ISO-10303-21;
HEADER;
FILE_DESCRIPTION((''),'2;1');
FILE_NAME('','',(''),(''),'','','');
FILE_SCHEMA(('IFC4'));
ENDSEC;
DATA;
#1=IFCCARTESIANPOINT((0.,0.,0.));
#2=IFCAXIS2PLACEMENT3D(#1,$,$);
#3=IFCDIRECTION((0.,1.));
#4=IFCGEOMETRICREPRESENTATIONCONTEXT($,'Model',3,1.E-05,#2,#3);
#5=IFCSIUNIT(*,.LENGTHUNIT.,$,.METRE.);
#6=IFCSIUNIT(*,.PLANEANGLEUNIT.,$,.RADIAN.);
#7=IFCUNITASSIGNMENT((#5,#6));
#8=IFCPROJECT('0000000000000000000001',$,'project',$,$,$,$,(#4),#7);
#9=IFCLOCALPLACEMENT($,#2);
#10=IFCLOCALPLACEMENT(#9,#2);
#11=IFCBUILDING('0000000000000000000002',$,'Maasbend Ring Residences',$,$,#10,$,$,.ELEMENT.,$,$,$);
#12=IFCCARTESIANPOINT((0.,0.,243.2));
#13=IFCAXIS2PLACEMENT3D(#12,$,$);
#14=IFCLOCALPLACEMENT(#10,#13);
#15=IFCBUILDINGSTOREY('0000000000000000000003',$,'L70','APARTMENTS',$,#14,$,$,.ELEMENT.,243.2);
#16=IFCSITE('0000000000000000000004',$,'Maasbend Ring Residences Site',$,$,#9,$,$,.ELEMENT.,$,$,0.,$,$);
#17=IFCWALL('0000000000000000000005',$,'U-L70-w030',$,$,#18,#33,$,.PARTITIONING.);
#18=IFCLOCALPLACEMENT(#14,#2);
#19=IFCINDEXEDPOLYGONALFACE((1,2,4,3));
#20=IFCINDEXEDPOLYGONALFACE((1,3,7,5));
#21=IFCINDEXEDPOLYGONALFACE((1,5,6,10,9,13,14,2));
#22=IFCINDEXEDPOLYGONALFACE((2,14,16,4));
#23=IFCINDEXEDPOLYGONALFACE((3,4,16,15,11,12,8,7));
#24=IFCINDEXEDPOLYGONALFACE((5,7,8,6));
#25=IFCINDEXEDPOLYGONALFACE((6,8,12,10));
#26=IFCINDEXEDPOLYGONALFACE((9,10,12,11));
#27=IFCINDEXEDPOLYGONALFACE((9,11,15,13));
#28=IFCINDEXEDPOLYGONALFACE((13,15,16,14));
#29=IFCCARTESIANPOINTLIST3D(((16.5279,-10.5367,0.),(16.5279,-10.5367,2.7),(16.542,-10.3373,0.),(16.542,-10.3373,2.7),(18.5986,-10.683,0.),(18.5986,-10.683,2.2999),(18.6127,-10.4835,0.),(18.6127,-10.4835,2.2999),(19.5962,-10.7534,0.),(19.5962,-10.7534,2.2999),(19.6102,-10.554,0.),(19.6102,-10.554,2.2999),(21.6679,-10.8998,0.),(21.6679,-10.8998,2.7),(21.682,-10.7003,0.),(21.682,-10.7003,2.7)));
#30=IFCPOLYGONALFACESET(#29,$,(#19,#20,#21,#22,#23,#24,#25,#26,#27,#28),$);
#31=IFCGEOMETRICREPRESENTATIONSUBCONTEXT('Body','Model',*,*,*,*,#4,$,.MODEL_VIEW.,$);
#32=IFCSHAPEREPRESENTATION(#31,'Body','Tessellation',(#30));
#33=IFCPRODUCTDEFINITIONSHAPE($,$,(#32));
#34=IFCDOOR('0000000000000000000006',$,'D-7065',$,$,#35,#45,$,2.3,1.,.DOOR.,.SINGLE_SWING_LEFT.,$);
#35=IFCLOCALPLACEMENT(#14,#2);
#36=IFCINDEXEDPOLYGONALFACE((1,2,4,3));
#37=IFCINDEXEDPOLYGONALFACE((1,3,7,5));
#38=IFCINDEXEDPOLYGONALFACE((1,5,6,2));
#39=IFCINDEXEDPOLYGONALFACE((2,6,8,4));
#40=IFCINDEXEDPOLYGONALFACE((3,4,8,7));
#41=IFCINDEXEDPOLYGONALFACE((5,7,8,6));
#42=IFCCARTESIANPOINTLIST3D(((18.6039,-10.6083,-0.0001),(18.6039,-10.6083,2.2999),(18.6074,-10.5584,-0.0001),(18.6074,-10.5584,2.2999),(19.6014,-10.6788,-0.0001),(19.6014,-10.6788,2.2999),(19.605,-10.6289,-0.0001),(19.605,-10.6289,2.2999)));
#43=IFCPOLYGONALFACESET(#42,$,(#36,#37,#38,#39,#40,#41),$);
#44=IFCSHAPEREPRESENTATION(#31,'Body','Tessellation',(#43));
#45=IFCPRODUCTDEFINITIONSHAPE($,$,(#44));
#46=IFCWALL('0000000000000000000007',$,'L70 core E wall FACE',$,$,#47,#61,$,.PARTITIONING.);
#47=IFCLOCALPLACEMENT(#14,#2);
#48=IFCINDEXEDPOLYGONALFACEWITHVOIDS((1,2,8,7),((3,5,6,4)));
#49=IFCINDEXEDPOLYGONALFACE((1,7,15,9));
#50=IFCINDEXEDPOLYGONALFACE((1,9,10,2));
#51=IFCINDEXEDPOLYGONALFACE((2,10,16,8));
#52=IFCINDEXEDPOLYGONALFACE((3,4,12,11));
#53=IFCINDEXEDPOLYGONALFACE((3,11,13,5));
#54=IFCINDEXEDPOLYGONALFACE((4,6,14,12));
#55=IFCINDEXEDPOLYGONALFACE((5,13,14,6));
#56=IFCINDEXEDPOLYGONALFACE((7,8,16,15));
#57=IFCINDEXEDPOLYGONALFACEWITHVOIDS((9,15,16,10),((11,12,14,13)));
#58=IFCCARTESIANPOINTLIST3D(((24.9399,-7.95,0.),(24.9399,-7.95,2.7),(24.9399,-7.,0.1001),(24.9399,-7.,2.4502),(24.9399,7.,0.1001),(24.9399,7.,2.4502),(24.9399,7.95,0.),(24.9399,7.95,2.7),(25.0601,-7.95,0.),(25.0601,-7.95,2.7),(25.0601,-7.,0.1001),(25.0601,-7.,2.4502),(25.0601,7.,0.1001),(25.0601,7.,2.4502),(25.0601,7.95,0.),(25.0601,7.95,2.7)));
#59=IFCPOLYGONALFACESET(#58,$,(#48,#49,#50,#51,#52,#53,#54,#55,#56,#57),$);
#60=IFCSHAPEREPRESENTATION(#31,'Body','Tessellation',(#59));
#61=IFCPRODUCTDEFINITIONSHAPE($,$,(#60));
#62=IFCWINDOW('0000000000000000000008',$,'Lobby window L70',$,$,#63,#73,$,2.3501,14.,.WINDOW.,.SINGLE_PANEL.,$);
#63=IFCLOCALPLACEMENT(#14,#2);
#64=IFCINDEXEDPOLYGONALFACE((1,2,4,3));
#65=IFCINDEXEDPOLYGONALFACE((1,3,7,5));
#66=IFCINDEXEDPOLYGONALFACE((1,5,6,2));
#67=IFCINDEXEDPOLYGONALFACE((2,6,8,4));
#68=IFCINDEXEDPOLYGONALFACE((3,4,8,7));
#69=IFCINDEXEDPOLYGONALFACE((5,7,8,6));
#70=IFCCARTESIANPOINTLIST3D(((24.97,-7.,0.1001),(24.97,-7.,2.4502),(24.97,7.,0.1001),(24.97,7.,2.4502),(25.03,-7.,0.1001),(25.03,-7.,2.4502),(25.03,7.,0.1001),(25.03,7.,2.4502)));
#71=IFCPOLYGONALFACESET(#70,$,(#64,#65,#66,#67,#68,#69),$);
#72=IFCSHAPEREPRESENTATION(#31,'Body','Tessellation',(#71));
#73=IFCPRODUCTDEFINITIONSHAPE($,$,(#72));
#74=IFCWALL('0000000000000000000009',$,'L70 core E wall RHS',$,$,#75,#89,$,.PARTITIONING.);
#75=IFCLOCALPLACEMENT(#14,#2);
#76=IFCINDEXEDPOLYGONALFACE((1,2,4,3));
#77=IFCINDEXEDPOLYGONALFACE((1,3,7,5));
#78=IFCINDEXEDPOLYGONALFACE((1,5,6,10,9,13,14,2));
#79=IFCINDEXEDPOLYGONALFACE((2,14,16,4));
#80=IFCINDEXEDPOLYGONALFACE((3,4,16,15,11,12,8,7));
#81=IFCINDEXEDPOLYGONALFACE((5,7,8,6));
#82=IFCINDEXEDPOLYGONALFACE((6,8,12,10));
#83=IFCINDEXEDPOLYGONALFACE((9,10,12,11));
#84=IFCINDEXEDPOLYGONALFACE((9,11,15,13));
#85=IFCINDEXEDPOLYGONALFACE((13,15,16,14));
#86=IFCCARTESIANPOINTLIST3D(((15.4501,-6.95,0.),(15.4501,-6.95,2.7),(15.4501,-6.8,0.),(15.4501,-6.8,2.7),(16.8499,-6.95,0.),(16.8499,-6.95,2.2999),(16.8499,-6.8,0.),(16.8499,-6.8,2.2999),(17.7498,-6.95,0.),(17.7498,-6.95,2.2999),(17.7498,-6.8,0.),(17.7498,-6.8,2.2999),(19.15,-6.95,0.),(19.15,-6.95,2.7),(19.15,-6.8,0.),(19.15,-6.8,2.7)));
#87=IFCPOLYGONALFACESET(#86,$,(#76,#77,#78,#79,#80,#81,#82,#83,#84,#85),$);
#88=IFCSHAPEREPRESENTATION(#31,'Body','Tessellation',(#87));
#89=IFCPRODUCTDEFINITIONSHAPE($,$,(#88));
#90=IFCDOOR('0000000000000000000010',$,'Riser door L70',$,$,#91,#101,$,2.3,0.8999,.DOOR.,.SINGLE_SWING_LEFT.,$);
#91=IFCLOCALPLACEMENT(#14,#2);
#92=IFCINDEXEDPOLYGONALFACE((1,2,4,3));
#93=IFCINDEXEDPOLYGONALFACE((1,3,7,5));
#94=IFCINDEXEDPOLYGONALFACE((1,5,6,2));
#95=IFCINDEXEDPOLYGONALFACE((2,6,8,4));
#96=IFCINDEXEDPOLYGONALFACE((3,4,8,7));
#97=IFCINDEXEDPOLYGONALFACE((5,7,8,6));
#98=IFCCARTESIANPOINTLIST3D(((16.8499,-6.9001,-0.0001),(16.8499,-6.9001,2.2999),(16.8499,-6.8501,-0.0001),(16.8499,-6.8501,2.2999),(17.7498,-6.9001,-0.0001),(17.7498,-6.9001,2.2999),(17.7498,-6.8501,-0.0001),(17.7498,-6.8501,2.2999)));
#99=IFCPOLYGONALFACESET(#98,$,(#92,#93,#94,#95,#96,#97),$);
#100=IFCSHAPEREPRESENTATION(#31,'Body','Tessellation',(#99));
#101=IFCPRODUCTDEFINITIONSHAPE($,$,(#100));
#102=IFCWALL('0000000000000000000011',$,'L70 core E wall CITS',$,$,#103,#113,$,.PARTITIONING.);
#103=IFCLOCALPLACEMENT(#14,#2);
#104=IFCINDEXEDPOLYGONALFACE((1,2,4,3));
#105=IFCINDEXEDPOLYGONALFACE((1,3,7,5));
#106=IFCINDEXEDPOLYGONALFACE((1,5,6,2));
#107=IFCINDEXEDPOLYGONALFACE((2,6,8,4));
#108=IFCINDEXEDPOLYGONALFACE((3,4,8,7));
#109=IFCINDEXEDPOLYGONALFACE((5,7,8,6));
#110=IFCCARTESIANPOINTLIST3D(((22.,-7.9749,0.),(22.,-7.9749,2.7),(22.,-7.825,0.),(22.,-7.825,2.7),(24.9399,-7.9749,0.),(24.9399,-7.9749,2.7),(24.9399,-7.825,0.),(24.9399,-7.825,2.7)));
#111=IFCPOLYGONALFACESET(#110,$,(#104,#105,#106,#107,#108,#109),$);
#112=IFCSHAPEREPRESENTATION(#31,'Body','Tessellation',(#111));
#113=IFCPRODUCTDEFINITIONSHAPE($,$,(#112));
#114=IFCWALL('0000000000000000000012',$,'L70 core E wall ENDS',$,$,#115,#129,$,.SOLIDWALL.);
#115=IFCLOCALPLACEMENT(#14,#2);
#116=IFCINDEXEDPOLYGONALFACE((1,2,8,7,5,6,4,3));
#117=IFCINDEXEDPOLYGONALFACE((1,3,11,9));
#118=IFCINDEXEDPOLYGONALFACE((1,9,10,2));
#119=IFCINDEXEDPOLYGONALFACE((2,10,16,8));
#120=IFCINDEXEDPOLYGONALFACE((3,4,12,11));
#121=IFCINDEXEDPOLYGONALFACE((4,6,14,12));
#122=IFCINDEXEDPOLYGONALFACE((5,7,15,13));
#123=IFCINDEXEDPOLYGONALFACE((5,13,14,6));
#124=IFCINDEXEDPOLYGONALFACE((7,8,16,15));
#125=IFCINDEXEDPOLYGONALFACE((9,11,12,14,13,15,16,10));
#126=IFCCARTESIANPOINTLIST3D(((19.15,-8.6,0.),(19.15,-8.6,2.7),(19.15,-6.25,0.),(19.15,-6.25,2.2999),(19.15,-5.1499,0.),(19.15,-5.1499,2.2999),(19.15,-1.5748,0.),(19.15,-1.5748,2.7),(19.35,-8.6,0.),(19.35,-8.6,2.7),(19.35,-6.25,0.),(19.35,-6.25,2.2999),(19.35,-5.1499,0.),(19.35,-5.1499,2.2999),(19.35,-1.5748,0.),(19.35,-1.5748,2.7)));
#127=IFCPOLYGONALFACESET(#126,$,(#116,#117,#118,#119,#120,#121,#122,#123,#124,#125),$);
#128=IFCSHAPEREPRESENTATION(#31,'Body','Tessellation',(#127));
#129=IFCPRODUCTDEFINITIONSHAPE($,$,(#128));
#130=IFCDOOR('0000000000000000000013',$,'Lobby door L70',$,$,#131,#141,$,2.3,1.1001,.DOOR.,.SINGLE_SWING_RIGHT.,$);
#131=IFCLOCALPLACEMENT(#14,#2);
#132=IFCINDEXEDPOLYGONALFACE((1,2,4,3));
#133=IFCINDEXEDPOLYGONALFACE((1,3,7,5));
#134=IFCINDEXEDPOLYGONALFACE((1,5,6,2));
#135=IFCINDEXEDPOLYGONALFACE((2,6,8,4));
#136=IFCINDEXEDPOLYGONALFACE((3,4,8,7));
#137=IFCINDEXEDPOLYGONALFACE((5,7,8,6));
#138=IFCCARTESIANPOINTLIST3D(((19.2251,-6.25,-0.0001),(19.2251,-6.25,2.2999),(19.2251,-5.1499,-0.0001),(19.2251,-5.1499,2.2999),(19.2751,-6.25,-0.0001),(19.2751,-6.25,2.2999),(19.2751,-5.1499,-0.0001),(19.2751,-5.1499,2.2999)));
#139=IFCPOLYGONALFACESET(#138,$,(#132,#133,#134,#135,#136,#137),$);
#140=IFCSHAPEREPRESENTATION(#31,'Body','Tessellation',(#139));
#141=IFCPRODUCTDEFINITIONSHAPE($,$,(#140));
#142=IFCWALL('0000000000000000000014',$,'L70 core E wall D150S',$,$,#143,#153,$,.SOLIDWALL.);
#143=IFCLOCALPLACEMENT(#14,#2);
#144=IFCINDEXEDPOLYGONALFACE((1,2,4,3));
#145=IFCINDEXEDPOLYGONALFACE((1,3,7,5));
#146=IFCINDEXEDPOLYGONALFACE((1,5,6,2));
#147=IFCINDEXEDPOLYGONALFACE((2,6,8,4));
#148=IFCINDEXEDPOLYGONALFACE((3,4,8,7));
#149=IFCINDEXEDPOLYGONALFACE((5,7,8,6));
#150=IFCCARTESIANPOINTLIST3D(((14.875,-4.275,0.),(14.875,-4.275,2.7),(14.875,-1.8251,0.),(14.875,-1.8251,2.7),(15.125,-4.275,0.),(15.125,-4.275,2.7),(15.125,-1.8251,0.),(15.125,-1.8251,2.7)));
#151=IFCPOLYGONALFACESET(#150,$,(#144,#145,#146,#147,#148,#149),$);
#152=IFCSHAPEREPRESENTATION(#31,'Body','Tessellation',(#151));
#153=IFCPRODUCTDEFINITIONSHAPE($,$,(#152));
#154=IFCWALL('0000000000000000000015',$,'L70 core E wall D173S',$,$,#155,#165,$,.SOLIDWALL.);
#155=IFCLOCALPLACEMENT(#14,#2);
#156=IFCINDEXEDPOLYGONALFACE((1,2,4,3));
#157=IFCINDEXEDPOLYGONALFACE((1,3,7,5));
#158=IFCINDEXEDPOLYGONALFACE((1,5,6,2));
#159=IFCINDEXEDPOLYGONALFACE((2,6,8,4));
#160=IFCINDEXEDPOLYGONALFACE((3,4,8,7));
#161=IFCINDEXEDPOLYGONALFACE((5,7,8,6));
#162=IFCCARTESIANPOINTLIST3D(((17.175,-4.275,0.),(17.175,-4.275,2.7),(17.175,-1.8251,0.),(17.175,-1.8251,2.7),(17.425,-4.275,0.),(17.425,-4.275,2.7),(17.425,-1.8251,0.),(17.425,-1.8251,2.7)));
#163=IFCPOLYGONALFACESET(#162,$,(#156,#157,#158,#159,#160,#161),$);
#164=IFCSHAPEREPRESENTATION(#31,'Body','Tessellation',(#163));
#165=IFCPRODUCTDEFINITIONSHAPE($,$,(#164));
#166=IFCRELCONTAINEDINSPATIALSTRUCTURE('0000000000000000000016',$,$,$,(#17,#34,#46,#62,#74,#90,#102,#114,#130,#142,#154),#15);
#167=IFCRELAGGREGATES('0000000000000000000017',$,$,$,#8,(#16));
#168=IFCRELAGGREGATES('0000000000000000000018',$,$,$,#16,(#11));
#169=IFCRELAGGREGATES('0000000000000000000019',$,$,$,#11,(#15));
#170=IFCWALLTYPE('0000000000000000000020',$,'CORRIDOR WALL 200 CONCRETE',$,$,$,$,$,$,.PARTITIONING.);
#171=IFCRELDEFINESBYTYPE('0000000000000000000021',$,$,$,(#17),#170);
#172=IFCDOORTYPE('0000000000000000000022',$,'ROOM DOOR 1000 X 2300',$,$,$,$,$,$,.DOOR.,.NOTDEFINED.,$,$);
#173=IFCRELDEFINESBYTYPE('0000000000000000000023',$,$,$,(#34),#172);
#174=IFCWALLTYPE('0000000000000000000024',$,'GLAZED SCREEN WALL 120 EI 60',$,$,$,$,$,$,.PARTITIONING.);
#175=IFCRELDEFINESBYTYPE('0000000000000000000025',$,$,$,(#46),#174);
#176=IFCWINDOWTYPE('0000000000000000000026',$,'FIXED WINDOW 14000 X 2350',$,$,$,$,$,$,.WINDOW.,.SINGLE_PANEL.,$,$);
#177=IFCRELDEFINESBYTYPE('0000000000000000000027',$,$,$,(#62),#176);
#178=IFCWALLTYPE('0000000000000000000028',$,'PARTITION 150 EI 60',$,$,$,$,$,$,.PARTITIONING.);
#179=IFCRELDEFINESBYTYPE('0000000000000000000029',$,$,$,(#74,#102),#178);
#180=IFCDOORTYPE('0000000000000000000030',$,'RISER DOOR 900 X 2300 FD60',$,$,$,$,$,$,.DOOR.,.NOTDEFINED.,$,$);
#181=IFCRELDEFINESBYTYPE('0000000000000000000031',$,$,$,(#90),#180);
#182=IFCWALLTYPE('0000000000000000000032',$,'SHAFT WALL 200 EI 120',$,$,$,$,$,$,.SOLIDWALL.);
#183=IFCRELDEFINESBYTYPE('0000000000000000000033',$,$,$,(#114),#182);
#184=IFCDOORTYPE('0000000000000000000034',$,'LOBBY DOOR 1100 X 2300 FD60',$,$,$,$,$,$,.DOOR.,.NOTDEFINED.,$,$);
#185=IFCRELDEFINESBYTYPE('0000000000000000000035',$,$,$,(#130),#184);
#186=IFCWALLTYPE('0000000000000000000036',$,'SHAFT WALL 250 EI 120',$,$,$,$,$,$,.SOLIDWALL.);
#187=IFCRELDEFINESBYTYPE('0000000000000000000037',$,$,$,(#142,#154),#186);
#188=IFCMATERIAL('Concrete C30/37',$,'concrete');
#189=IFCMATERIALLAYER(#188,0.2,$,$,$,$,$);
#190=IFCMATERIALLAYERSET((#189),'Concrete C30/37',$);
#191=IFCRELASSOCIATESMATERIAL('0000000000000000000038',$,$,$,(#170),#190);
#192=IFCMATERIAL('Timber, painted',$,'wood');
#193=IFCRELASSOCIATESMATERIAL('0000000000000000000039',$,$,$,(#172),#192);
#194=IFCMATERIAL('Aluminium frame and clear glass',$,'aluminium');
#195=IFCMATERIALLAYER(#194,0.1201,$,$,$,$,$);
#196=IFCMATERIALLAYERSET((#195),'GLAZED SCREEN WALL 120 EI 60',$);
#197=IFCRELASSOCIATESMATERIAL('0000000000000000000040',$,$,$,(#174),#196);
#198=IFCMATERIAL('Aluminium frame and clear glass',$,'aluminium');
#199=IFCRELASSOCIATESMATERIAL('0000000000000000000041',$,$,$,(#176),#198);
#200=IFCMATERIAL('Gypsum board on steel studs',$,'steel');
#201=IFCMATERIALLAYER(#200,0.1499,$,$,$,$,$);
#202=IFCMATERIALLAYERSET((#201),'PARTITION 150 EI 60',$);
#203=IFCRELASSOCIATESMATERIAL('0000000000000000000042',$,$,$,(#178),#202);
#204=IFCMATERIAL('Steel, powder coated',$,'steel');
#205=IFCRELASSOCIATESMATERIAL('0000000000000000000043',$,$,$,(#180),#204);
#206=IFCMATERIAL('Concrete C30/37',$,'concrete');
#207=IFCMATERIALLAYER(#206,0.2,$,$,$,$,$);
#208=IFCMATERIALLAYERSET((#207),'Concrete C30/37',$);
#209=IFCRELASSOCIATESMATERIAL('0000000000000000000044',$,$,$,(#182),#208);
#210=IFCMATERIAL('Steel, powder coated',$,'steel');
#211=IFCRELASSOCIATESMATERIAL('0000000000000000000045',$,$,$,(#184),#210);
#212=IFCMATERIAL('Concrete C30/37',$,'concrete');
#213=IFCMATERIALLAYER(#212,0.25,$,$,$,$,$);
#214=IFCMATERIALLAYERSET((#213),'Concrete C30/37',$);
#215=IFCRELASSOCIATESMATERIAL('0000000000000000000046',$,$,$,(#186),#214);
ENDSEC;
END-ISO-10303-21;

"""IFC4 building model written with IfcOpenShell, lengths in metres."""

from ifc_helpers import new_model, si_unit, direction, frame, frame_2d, origin, place, context, subcontext, project, spatial, rectangle, extrude, material, layer, layer_set, type_object, element, fill, save


model = new_model("IFC4")

# Units and contexts
model_context = context("Model", 3, precision=1e-05, world=origin(), true_north=direction((0.0, 1.0)))
body_context = subcontext(model_context, "Body", "Model", "MODEL_VIEW")
ifc_project = project(units=[si_unit("LENGTHUNIT", "METRE"), si_unit("PLANEANGLEUNIT", "RADIAN")], contexts=[model_context])

# Site, building, storey
site_placement = place(None, origin())
site = spatial("IfcSite", under=ifc_project, at=site_placement, Name="Maasbend Ring Residences Site", CompositionType="ELEMENT", RefElevation=0.0)
building_placement = place(site_placement, origin())
building = spatial("IfcBuilding", under=site, at=building_placement, Name="Maasbend Ring Residences", CompositionType="ELEMENT")
storey_placement = place(building_placement, frame((0.0, 0.0, 243.2)))
storey = spatial("IfcBuildingStorey", under=building, at=storey_placement, Name="L70", Description="APARTMENTS", CompositionType="ELEMENT", Elevation=243.2)

# Shared definitions
ifc_material_1 = material(Name="Concrete C30/37", Category="concrete")
ifc_layer_1 = layer(ifc_material_1, 0.2)
ifc_layer_set_1 = layer_set([ifc_layer_1], Name="Concrete C30/37")
wall_type_1 = type_object("IfcWallType", Name="CORRIDOR WALL 200 CONCRETE", PredefinedType="PARTITIONING", material=ifc_layer_set_1)

# Wall, opening, door
wall_1_placement = place(storey_placement, frame((16.5349, -10.437, 0.0), z_axis=(0.0, 0.0, 1.0), x_axis=(0.997515, -0.070452, 0.0)))
wall_1 = element("IfcWall", 1, at=wall_1_placement, inside=storey, type_object=wall_type_1, Name="U-L70-w030", PredefinedType="PARTITIONING", context=body_context, shape_type="SweptSolid", body=[
    extrude(rectangle(XDim=5.1528, YDim=0.2, at=frame_2d((2.5764, 0.0))), origin(), (0.0, 0.0, 1.0), 2.7),
])
opening_1_placement = place(wall_1_placement, frame((2.0759, 0.0, 0.0)))
opening_1 = element("IfcOpeningElement", 2, at=opening_1_placement, cuts=wall_1, PredefinedType="OPENING", context=body_context, shape_type="SweptSolid", body=[
    extrude(rectangle(XDim=1.0, YDim=2.3, at=frame_2d((0.5, 1.1499))), frame((0.0, 0.1099, 0.0), z_axis=(0.0, -1.0, 0.0), x_axis=(1.0, 0.0, 0.0)), (0.0, 0.0, 1.0), 0.22),
])
ifc_material_2 = material(Name="Timber, painted", Category="wood")
door_type_1 = type_object("IfcDoorType", Name="ROOM DOOR 1000 X 2300", OperationType="NOTDEFINED", PredefinedType="DOOR", material=ifc_material_2)
door_1_placement = place(opening_1_placement, origin())
door_1 = element("IfcDoor", 3, at=door_1_placement, inside=storey, type_object=door_type_1, Name="D-7065", OperationType="SINGLE_SWING_LEFT", OverallHeight=2.3, OverallWidth=1.0, PredefinedType="DOOR", context=body_context, shape_type="SweptSolid", body=[
    extrude(rectangle(XDim=1.0, YDim=2.3, at=frame_2d((0.5, 1.1499))), frame((0.0, 0.0249, 0.0), z_axis=(0.0, -1.0, 0.0), x_axis=(1.0, 0.0, 0.0)), (0.0, 0.0, 1.0), 0.05),
])
fill(opening_1, door_1)

# Wall, opening, window
ifc_material_3 = material(Name="Aluminium frame and clear glass", Category="aluminium")
ifc_layer_2 = layer(ifc_material_3, 0.1201)
ifc_layer_set_2 = layer_set([ifc_layer_2], Name="GLAZED SCREEN WALL 120 EI 60")
wall_type_2 = type_object("IfcWallType", Name="GLAZED SCREEN WALL 120 EI 60", PredefinedType="PARTITIONING", material=ifc_layer_set_2)
wall_2_placement = place(storey_placement, frame((25.0, -7.95, 0.0), z_axis=(0.0, 0.0, 1.0), x_axis=(0.0, 1.0, 0.0)))
wall_2 = element("IfcWall", 4, at=wall_2_placement, inside=storey, type_object=wall_type_2, Name="L70 core E wall FACE", PredefinedType="PARTITIONING", context=body_context, shape_type="SweptSolid", body=[
    extrude(rectangle(XDim=15.8999, YDim=0.1201, at=frame_2d((7.95, 0.0))), origin(), (0.0, 0.0, 1.0), 2.7),
])
opening_2_placement = place(wall_2_placement, frame((0.95, 0.0, 0.1001)))
opening_2 = element("IfcOpeningElement", 5, at=opening_2_placement, cuts=wall_2, PredefinedType="OPENING", context=body_context, shape_type="SweptSolid", body=[
    extrude(rectangle(XDim=14.0, YDim=2.3501, at=frame_2d((7.0, 1.175))), frame((0.0, 0.0701, 0.0), z_axis=(0.0, -1.0, 0.0), x_axis=(1.0, 0.0, 0.0)), (0.0, 0.0, 1.0), 0.1401),
])
ifc_material_4 = material(Name="Aluminium frame and clear glass", Category="aluminium")
window_type = type_object("IfcWindowType", Name="FIXED WINDOW 14000 X 2350", PartitioningType="SINGLE_PANEL", PredefinedType="WINDOW", material=ifc_material_4)
window_placement = place(opening_2_placement, origin())
window = element("IfcWindow", 6, at=window_placement, inside=storey, type_object=window_type, Name="Lobby window L70", OverallHeight=2.3501, OverallWidth=14.0, PartitioningType="SINGLE_PANEL", PredefinedType="WINDOW", context=body_context, shape_type="SweptSolid", body=[
    extrude(rectangle(XDim=14.0, YDim=2.3501, at=frame_2d((7.0, 1.175))), frame((0.0, 0.03, 0.0), z_axis=(0.0, -1.0, 0.0), x_axis=(1.0, 0.0, 0.0)), (0.0, 0.0, 1.0), 0.0601),
])
fill(opening_2, window)

# Wall, opening, door
ifc_material_5 = material(Name="Gypsum board on steel studs", Category="steel")
ifc_layer_3 = layer(ifc_material_5, 0.1499)
ifc_layer_set_3 = layer_set([ifc_layer_3], Name="PARTITION 150 EI 60")
wall_type_3 = type_object("IfcWallType", Name="PARTITION 150 EI 60", PredefinedType="PARTITIONING", material=ifc_layer_set_3)
wall_3_placement = place(storey_placement, frame((15.45, -6.875, 0.0), z_axis=(0.0, 0.0, 1.0), x_axis=(1.0, 0.0, 0.0)))
wall_3 = element("IfcWall", 7, at=wall_3_placement, inside=storey, type_object=wall_type_3, Name="L70 core E wall RHS", PredefinedType="PARTITIONING", context=body_context, shape_type="SweptSolid", body=[
    extrude(rectangle(XDim=3.7, YDim=0.1499, at=frame_2d((1.8501, 0.0))), origin(), (0.0, 0.0, 1.0), 2.7),
])
opening_3_placement = place(wall_3_placement, frame((1.3999, 0.0, 0.0)))
opening_3 = element("IfcOpeningElement", 8, at=opening_3_placement, cuts=wall_3, PredefinedType="OPENING", context=body_context, shape_type="SweptSolid", body=[
    extrude(rectangle(XDim=0.8999, YDim=2.3, at=frame_2d((0.45, 1.1499))), frame((0.0, 0.085, 0.0), z_axis=(0.0, -1.0, 0.0), x_axis=(1.0, 0.0, 0.0)), (0.0, 0.0, 1.0), 0.1699),
])
ifc_material_6 = material(Name="Steel, powder coated", Category="steel")
door_type_2 = type_object("IfcDoorType", Name="RISER DOOR 900 X 2300 FD60", OperationType="NOTDEFINED", PredefinedType="DOOR", material=ifc_material_6)
door_2_placement = place(opening_3_placement, origin())
door_2 = element("IfcDoor", 9, at=door_2_placement, inside=storey, type_object=door_type_2, Name="Riser door L70", OperationType="SINGLE_SWING_LEFT", OverallHeight=2.3, OverallWidth=0.8999, PredefinedType="DOOR", context=body_context, shape_type="SweptSolid", body=[
    extrude(rectangle(XDim=0.8999, YDim=2.3, at=frame_2d((0.45, 1.1499))), frame((0.0, 0.0249, 0.0), z_axis=(0.0, -1.0, 0.0), x_axis=(1.0, 0.0, 0.0)), (0.0, 0.0, 1.0), 0.05),
])
fill(opening_3, door_2)

# Wall
wall_4_placement = place(storey_placement, frame((22.0, -7.8999, 0.0), z_axis=(0.0, 0.0, 1.0), x_axis=(1.0, 0.0, 0.0)))
element("IfcWall", 10, at=wall_4_placement, inside=storey, type_object=wall_type_3, Name="L70 core E wall CITS", PredefinedType="PARTITIONING", context=body_context, shape_type="SweptSolid", body=[
    extrude(rectangle(XDim=2.9399, YDim=0.1499, at=frame_2d((1.47, 0.0))), origin(), (0.0, 0.0, 1.0), 2.7),
])

# Wall, opening, door
ifc_material_7 = material(Name="Concrete C30/37", Category="concrete")
ifc_layer_4 = layer(ifc_material_7, 0.2)
ifc_layer_set_4 = layer_set([ifc_layer_4], Name="Concrete C30/37")
wall_type_4 = type_object("IfcWallType", Name="SHAFT WALL 200 EI 120", PredefinedType="SOLIDWALL", material=ifc_layer_set_4)
wall_5_placement = place(storey_placement, frame((19.25, -8.6001, 0.0), z_axis=(0.0, 0.0, 1.0), x_axis=(0.0, 1.0, 0.0)))
wall_5 = element("IfcWall", 11, at=wall_5_placement, inside=storey, type_object=wall_type_4, Name="L70 core E wall ENDS", PredefinedType="SOLIDWALL", context=body_context, shape_type="SweptSolid", body=[
    extrude(rectangle(XDim=7.0251, YDim=0.2, at=frame_2d((3.5127, 0.0))), origin(), (0.0, 0.0, 1.0), 2.7),
])
opening_4_placement = place(wall_5_placement, frame((2.3501, 0.0, 0.0)))
opening_4 = element("IfcOpeningElement", 12, at=opening_4_placement, cuts=wall_5, PredefinedType="OPENING", context=body_context, shape_type="SweptSolid", body=[
    extrude(rectangle(XDim=1.1001, YDim=2.3, at=frame_2d((0.55, 1.1499))), frame((0.0, 0.1099, 0.0), z_axis=(0.0, -1.0, 0.0), x_axis=(1.0, 0.0, 0.0)), (0.0, 0.0, 1.0), 0.22),
])
ifc_material_8 = material(Name="Steel, powder coated", Category="steel")
door_type_3 = type_object("IfcDoorType", Name="LOBBY DOOR 1100 X 2300 FD60", OperationType="NOTDEFINED", PredefinedType="DOOR", material=ifc_material_8)
door_3_placement = place(opening_4_placement, origin())
door_3 = element("IfcDoor", 13, at=door_3_placement, inside=storey, type_object=door_type_3, Name="Lobby door L70", OperationType="SINGLE_SWING_RIGHT", OverallHeight=2.3, OverallWidth=1.1001, PredefinedType="DOOR", context=body_context, shape_type="SweptSolid", body=[
    extrude(rectangle(XDim=1.1001, YDim=2.3, at=frame_2d((0.55, 1.1499))), frame((0.0, 0.0249, 0.0), z_axis=(0.0, -1.0, 0.0), x_axis=(1.0, 0.0, 0.0)), (0.0, 0.0, 1.0), 0.05),
])
fill(opening_4, door_3)

# Walls
ifc_material_9 = material(Name="Concrete C30/37", Category="concrete")
ifc_layer_5 = layer(ifc_material_9, 0.25)
ifc_layer_set_5 = layer_set([ifc_layer_5], Name="Concrete C30/37")
wall_type_5 = type_object("IfcWallType", Name="SHAFT WALL 250 EI 120", PredefinedType="SOLIDWALL", material=ifc_layer_set_5)
for number, where, z_axis, x_axis, name in (
    (14, (15.0, -1.825, 0.0), (0.0, 0.0, 1.0), (0.0, -1.0, 0.0), "L70 core E wall D150S"),
    (15, (17.3, -1.825, 0.0), (0.0, 0.0, 1.0), (0.0, -1.0, 0.0), "L70 core E wall D173S"),
):
    element("IfcWall", number, at=place(storey_placement, frame(where, z_axis=z_axis, x_axis=x_axis)), inside=storey, type_object=wall_type_5, Name=name, PredefinedType="SOLIDWALL", context=body_context, shape_type="SweptSolid", body=[
        extrude(rectangle(XDim=2.45, YDim=0.25, at=frame_2d((1.2251, 0.0))), origin(), (0.0, 0.0, 1.0), 2.7),
    ])

save(model, "model.ifc")
